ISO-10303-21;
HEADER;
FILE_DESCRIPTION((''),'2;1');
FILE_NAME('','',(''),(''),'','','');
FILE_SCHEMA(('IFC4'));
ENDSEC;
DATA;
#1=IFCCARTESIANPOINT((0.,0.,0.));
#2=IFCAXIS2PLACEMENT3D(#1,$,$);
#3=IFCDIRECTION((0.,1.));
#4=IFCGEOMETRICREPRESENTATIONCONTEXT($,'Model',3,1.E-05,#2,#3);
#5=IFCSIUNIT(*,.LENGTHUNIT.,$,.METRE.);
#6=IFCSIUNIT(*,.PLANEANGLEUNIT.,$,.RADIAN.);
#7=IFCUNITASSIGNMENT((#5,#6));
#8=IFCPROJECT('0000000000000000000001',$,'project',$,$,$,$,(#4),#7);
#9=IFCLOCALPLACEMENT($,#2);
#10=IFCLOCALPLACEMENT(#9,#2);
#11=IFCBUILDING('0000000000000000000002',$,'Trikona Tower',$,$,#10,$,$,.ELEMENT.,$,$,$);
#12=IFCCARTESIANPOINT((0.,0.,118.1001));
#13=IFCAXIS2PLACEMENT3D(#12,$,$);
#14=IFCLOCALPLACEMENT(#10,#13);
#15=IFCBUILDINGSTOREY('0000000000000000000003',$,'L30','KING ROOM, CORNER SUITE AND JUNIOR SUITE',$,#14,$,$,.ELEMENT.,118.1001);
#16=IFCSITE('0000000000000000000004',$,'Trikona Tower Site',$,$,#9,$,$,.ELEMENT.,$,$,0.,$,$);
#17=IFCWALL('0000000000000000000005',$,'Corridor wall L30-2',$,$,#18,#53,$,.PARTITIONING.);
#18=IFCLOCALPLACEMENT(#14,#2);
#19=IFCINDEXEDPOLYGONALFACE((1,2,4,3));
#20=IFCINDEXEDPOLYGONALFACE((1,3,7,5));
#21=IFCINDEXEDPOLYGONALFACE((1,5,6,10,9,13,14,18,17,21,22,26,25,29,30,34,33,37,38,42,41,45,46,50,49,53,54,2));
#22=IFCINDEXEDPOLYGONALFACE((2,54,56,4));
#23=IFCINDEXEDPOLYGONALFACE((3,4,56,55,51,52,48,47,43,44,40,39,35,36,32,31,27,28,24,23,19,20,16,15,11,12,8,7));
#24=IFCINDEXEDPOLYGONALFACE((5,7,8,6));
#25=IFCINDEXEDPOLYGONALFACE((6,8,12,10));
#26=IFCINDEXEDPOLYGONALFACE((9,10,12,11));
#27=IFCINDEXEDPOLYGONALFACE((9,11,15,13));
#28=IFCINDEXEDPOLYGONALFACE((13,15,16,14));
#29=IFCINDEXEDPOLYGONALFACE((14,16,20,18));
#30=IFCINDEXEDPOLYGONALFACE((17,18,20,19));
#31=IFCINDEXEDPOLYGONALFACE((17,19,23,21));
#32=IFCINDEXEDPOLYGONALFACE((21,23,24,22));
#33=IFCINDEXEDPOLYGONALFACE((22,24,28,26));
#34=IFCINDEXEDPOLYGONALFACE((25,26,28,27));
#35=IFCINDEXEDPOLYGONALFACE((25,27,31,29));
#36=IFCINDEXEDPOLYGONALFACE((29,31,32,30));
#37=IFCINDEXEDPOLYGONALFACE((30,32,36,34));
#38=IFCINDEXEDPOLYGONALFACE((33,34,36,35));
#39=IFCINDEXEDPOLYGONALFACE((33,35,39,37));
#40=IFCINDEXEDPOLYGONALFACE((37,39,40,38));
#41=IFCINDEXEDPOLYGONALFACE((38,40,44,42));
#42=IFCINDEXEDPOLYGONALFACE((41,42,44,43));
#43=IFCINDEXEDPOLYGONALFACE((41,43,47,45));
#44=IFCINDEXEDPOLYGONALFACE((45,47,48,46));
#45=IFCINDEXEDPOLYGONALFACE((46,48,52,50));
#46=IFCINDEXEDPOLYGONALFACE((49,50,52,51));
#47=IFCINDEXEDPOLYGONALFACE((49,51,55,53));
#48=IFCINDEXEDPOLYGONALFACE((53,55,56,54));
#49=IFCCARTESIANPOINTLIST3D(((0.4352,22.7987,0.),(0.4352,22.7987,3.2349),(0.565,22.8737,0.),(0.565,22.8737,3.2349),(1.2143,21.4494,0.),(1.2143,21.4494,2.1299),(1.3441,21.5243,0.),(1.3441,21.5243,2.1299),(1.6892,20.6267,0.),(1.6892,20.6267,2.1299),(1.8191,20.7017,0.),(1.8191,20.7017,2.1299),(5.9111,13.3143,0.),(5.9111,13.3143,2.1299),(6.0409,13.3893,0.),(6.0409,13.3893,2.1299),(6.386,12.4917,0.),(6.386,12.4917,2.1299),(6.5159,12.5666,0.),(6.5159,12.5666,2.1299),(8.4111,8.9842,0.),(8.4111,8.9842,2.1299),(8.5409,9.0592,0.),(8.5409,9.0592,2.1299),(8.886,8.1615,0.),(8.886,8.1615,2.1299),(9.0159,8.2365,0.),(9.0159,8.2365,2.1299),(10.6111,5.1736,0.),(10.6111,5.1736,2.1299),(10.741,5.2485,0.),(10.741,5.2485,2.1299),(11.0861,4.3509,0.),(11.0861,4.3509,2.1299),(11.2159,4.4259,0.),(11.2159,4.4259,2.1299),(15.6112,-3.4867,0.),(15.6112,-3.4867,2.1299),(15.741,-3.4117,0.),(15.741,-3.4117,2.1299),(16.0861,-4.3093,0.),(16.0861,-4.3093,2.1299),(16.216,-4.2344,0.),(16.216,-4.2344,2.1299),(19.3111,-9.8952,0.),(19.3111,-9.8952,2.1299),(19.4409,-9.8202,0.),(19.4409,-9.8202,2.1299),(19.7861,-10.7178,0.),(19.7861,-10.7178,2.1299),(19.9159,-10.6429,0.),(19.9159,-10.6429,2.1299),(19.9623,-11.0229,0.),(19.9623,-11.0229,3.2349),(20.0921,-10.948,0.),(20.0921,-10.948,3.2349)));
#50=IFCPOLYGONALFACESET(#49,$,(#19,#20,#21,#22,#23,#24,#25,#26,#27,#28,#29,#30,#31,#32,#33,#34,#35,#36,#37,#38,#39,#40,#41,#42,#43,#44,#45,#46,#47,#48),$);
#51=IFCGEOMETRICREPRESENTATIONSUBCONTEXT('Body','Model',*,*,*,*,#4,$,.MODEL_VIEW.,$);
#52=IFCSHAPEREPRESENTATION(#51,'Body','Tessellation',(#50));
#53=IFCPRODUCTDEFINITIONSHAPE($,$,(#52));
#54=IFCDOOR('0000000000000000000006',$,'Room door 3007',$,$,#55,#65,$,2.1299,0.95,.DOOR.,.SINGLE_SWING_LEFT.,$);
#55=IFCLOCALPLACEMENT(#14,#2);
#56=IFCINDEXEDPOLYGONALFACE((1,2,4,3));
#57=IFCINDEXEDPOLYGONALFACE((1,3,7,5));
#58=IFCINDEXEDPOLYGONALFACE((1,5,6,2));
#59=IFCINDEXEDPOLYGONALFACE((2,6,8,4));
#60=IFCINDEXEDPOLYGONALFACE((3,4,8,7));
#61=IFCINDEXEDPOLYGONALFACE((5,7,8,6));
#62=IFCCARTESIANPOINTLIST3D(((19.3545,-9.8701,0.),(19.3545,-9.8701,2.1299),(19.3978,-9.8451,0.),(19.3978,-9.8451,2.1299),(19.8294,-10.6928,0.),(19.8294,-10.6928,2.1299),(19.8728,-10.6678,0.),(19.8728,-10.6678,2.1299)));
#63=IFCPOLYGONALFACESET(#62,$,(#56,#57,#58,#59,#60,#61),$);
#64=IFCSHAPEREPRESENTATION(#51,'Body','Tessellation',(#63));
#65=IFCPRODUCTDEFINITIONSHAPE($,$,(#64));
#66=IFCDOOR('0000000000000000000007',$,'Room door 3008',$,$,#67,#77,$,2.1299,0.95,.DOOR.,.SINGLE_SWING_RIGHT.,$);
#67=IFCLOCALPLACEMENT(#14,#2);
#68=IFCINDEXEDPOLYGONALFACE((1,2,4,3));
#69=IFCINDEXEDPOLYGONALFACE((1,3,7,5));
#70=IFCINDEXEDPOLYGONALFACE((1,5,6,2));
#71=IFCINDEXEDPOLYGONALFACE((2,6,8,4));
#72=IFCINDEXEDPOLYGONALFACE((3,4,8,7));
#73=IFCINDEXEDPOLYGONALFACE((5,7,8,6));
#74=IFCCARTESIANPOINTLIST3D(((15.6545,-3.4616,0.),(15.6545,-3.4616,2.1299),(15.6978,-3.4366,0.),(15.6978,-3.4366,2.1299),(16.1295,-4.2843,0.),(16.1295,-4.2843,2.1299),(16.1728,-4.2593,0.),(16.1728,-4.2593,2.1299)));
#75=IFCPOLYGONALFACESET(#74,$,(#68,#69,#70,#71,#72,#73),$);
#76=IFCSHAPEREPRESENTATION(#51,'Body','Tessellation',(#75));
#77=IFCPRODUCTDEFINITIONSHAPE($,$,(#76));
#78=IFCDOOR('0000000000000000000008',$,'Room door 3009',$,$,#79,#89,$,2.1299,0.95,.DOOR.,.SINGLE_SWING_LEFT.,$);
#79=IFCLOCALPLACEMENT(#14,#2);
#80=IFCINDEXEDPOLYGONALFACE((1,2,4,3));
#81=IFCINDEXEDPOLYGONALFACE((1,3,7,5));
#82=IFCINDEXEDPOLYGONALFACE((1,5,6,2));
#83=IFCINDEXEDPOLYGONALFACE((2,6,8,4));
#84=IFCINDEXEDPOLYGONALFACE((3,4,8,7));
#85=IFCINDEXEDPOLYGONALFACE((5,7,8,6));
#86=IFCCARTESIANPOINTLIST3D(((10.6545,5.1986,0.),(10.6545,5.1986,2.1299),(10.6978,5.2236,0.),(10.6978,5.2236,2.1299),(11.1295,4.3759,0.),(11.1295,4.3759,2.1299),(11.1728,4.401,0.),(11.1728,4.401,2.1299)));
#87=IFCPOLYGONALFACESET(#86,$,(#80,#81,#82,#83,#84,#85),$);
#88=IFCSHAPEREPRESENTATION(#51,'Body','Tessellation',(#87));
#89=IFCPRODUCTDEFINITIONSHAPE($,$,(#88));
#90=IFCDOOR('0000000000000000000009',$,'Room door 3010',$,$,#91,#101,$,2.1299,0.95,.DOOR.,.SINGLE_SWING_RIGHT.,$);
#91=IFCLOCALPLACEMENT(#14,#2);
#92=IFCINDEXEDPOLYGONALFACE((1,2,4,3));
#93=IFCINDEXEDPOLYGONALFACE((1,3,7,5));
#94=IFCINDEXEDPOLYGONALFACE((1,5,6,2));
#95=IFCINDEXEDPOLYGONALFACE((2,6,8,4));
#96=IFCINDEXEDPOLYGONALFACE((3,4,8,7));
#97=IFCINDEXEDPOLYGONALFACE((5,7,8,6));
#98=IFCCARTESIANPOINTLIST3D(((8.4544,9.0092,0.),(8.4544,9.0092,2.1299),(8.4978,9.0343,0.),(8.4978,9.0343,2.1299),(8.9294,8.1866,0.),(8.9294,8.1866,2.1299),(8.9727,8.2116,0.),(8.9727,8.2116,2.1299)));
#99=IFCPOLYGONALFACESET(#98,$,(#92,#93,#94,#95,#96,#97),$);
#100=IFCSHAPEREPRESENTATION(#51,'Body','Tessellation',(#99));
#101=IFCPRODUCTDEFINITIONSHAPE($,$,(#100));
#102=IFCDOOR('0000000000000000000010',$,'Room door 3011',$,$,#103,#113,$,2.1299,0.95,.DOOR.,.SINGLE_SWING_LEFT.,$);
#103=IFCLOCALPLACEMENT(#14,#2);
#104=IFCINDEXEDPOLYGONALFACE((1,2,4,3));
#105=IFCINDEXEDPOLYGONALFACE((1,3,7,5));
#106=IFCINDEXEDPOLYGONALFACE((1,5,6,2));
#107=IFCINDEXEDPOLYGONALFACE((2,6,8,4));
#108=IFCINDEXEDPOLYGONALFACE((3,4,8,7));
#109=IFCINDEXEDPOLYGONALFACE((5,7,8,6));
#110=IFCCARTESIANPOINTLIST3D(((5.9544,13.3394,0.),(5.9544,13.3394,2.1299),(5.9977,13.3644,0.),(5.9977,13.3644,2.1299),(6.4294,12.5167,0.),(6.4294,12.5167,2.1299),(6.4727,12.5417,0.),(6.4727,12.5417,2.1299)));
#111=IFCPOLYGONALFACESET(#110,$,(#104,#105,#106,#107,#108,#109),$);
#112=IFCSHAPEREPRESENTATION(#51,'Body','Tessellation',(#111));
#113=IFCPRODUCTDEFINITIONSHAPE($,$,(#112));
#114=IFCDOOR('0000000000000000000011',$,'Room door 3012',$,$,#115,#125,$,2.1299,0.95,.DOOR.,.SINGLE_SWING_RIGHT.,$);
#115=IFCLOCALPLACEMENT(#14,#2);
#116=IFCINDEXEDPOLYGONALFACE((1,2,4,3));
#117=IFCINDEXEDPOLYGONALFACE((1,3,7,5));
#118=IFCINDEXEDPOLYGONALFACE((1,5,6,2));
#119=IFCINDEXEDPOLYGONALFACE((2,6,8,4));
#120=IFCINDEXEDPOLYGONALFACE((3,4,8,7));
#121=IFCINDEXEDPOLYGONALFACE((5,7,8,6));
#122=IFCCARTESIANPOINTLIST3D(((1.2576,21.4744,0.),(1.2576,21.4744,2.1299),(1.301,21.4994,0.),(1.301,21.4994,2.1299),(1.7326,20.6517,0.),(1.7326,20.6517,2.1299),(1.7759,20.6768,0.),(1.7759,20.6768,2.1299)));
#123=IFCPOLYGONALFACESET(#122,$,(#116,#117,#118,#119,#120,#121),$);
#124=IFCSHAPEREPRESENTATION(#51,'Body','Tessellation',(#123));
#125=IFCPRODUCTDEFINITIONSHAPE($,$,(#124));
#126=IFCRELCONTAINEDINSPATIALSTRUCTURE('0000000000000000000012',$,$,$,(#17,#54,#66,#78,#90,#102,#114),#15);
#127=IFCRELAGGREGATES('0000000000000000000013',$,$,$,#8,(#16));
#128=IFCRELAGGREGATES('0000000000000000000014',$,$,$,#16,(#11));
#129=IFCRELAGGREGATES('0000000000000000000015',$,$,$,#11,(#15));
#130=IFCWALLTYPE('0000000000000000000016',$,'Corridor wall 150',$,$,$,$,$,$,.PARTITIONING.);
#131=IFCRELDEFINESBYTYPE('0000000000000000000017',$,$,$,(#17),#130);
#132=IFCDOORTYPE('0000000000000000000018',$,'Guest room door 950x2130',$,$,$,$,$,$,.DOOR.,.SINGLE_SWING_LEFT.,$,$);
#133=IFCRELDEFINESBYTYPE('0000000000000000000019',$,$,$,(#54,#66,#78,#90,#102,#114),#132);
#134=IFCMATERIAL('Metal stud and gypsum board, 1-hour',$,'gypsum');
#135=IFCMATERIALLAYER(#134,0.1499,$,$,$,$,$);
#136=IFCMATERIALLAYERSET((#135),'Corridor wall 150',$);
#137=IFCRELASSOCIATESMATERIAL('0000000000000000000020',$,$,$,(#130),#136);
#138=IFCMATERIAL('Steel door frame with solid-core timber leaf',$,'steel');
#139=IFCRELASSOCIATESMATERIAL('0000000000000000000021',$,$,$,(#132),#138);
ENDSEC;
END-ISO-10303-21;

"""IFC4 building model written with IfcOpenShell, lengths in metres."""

from ifc_helpers import new_model, si_unit, direction, frame, frame_2d, origin, place, context, subcontext, project, spatial, rectangle, extrude, material, layer, layer_set, type_object, element, fill, save


model = new_model("IFC4")

# Units and contexts
model_context = context("Model", 3, precision=1e-05, world=origin(), true_north=direction((0.0, 1.0)))
body_context = subcontext(model_context, "Body", "Model", "MODEL_VIEW")
ifc_project = project(units=[si_unit("LENGTHUNIT", "METRE"), si_unit("PLANEANGLEUNIT", "RADIAN")], contexts=[model_context])

# Site, building, storey
site_placement = place(None, origin())
site = spatial("IfcSite", under=ifc_project, at=site_placement, Name="Trikona Tower Site", CompositionType="ELEMENT", RefElevation=0.0)
building_placement = place(site_placement, origin())
building = spatial("IfcBuilding", under=site, at=building_placement, Name="Trikona Tower", CompositionType="ELEMENT")
storey_placement = place(building_placement, frame((0.0, 0.0, 118.1001)))
storey = spatial("IfcBuildingStorey", under=building, at=storey_placement, Name="L30", Description="KING ROOM, CORNER SUITE AND JUNIOR SUITE", CompositionType="ELEMENT", Elevation=118.1001)

# Wall, openings, doors
ifc_material_1 = material(Name="Metal stud and gypsum board, 1-hour", Category="gypsum")
ifc_layer_1 = layer(ifc_material_1, 0.1499)
ifc_layer_set_1 = layer_set([ifc_layer_1], Name="Corridor wall 150")
wall_type_1 = type_object("IfcWallType", Name="Corridor wall 150", PredefinedType="PARTITIONING", material=ifc_layer_set_1)
wall_1_placement = place(storey_placement, frame((20.0271, -10.9854, 0.0), z_axis=(0.0, 0.0, 1.0), x_axis=(-0.500002, 0.866024, 0.0)))
wall_1 = element("IfcWall", 1, at=wall_1_placement, inside=storey, type_object=wall_type_1, Name="Corridor wall L30-2", PredefinedType="PARTITIONING", context=body_context, shape_type="SweptSolid", body=[
    extrude(rectangle(XDim=39.054, YDim=0.1499, at=frame_2d((19.5269, 0.0))), origin(), (0.0, 0.0, 1.0), 3.2349),
])
opening_1_placement = place(wall_1_placement, frame((0.3521, 0.0, 0.0)))
opening_1 = element("IfcOpeningElement", 2, at=opening_1_placement, cuts=wall_1, PredefinedType="OPENING", context=body_context, shape_type="SweptSolid", body=[
    extrude(rectangle(XDim=0.95, YDim=2.1299, at=frame_2d((0.4751, 1.0649))), frame((0.0, 0.085, 0.0), z_axis=(0.0, -1.0, 0.0), x_axis=(1.0, 0.0, 0.0)), (0.0, 0.0, 1.0), 0.1699),
])
opening_2_placement = place(wall_1_placement, frame((7.752, 0.0, 0.0)))
opening_2 = element("IfcOpeningElement", 3, at=opening_2_placement, cuts=wall_1, PredefinedType="OPENING", context=body_context, shape_type="SweptSolid", body=[
    extrude(rectangle(XDim=0.95, YDim=2.1299, at=frame_2d((0.4751, 1.0649))), frame((0.0, 0.085, 0.0), z_axis=(0.0, -1.0, 0.0), x_axis=(1.0, 0.0, 0.0)), (0.0, 0.0, 1.0), 0.1699),
])
opening_3_placement = place(wall_1_placement, frame((17.752, 0.0, 0.0)))
opening_3 = element("IfcOpeningElement", 4, at=opening_3_placement, cuts=wall_1, PredefinedType="OPENING", context=body_context, shape_type="SweptSolid", body=[
    extrude(rectangle(XDim=0.95, YDim=2.1299, at=frame_2d((0.4751, 1.0649))), frame((0.0, 0.085, 0.0), z_axis=(0.0, -1.0, 0.0), x_axis=(1.0, 0.0, 0.0)), (0.0, 0.0, 1.0), 0.1699),
])
opening_4_placement = place(wall_1_placement, frame((22.1521, 0.0, 0.0)))
opening_4 = element("IfcOpeningElement", 5, at=opening_4_placement, cuts=wall_1, PredefinedType="OPENING", context=body_context, shape_type="SweptSolid", body=[
    extrude(rectangle(XDim=0.95, YDim=2.1299, at=frame_2d((0.4751, 1.0649))), frame((0.0, 0.085, 0.0), z_axis=(0.0, -1.0, 0.0), x_axis=(1.0, 0.0, 0.0)), (0.0, 0.0, 1.0), 0.1699),
])
opening_5_placement = place(wall_1_placement, frame((27.1521, 0.0, 0.0)))
opening_5 = element("IfcOpeningElement", 6, at=opening_5_placement, cuts=wall_1, PredefinedType="OPENING", context=body_context, shape_type="SweptSolid", body=[
    extrude(rectangle(XDim=0.95, YDim=2.1299, at=frame_2d((0.4751, 1.0649))), frame((0.0, 0.085, 0.0), z_axis=(0.0, -1.0, 0.0), x_axis=(1.0, 0.0, 0.0)), (0.0, 0.0, 1.0), 0.1699),
])
opening_6_placement = place(wall_1_placement, frame((36.5457, 0.0, 0.0)))
opening_6 = element("IfcOpeningElement", 7, at=opening_6_placement, cuts=wall_1, PredefinedType="OPENING", context=body_context, shape_type="SweptSolid", body=[
    extrude(rectangle(XDim=0.95, YDim=2.1299, at=frame_2d((0.4751, 1.0649))), frame((0.0, 0.085, 0.0), z_axis=(0.0, -1.0, 0.0), x_axis=(1.0, 0.0, 0.0)), (0.0, 0.0, 1.0), 0.1699),
])
ifc_material_2 = material(Name="Steel door frame with solid-core timber leaf", Category="steel")
door_type_1 = type_object("IfcDoorType", Name="Guest room door 950x2130", OperationType="SINGLE_SWING_LEFT", PredefinedType="DOOR", material=ifc_material_2)
door_1_placement = place(opening_1_placement, origin())
door_1 = element("IfcDoor", 8, at=door_1_placement, inside=storey, type_object=door_type_1, Name="Room door 3007", OperationType="SINGLE_SWING_LEFT", OverallHeight=2.1299, OverallWidth=0.95, PredefinedType="DOOR", context=body_context, shape_type="SweptSolid", body=[
    extrude(rectangle(XDim=0.95, YDim=2.1299, at=frame_2d((0.4751, 1.0649))), frame((0.0, 0.0249, 0.0), z_axis=(0.0, -1.0, 0.0), x_axis=(1.0, 0.0, 0.0)), (0.0, 0.0, 1.0), 0.05),
])
fill(opening_1, door_1)
door_2_placement = place(opening_2_placement, origin())
door_2 = element("IfcDoor", 9, at=door_2_placement, inside=storey, type_object=door_type_1, Name="Room door 3008", OperationType="SINGLE_SWING_RIGHT", OverallHeight=2.1299, OverallWidth=0.95, PredefinedType="DOOR", context=body_context, shape_type="SweptSolid", body=[
    extrude(rectangle(XDim=0.95, YDim=2.1299, at=frame_2d((0.4751, 1.0649))), frame((0.0, 0.0249, 0.0), z_axis=(0.0, -1.0, 0.0), x_axis=(1.0, 0.0, 0.0)), (0.0, 0.0, 1.0), 0.05),
])
fill(opening_2, door_2)
door_3_placement = place(opening_3_placement, origin())
door_3 = element("IfcDoor", 10, at=door_3_placement, inside=storey, type_object=door_type_1, Name="Room door 3009", OperationType="SINGLE_SWING_LEFT", OverallHeight=2.1299, OverallWidth=0.95, PredefinedType="DOOR", context=body_context, shape_type="SweptSolid", body=[
    extrude(rectangle(XDim=0.95, YDim=2.1299, at=frame_2d((0.4751, 1.0649))), frame((0.0, 0.0249, 0.0), z_axis=(0.0, -1.0, 0.0), x_axis=(1.0, 0.0, 0.0)), (0.0, 0.0, 1.0), 0.05),
])
fill(opening_3, door_3)
door_4_placement = place(opening_4_placement, origin())
door_4 = element("IfcDoor", 11, at=door_4_placement, inside=storey, type_object=door_type_1, Name="Room door 3010", OperationType="SINGLE_SWING_RIGHT", OverallHeight=2.1299, OverallWidth=0.95, PredefinedType="DOOR", context=body_context, shape_type="SweptSolid", body=[
    extrude(rectangle(XDim=0.95, YDim=2.1299, at=frame_2d((0.4751, 1.0649))), frame((0.0, 0.0249, 0.0), z_axis=(0.0, -1.0, 0.0), x_axis=(1.0, 0.0, 0.0)), (0.0, 0.0, 1.0), 0.05),
])
fill(opening_4, door_4)
door_5_placement = place(opening_5_placement, origin())
door_5 = element("IfcDoor", 12, at=door_5_placement, inside=storey, type_object=door_type_1, Name="Room door 3011", OperationType="SINGLE_SWING_LEFT", OverallHeight=2.1299, OverallWidth=0.95, PredefinedType="DOOR", context=body_context, shape_type="SweptSolid", body=[
    extrude(rectangle(XDim=0.95, YDim=2.1299, at=frame_2d((0.4751, 1.0649))), frame((0.0, 0.0249, 0.0), z_axis=(0.0, -1.0, 0.0), x_axis=(1.0, 0.0, 0.0)), (0.0, 0.0, 1.0), 0.05),
])
fill(opening_5, door_5)
door_6_placement = place(opening_6_placement, origin())
door_6 = element("IfcDoor", 13, at=door_6_placement, inside=storey, type_object=door_type_1, Name="Room door 3012", OperationType="SINGLE_SWING_RIGHT", OverallHeight=2.1299, OverallWidth=0.95, PredefinedType="DOOR", context=body_context, shape_type="SweptSolid", body=[
    extrude(rectangle(XDim=0.95, YDim=2.1299, at=frame_2d((0.4751, 1.0649))), frame((0.0, 0.0249, 0.0), z_axis=(0.0, -1.0, 0.0), x_axis=(1.0, 0.0, 0.0)), (0.0, 0.0, 1.0), 0.05),
])
fill(opening_6, door_6)

save(model, "model.ifc")
